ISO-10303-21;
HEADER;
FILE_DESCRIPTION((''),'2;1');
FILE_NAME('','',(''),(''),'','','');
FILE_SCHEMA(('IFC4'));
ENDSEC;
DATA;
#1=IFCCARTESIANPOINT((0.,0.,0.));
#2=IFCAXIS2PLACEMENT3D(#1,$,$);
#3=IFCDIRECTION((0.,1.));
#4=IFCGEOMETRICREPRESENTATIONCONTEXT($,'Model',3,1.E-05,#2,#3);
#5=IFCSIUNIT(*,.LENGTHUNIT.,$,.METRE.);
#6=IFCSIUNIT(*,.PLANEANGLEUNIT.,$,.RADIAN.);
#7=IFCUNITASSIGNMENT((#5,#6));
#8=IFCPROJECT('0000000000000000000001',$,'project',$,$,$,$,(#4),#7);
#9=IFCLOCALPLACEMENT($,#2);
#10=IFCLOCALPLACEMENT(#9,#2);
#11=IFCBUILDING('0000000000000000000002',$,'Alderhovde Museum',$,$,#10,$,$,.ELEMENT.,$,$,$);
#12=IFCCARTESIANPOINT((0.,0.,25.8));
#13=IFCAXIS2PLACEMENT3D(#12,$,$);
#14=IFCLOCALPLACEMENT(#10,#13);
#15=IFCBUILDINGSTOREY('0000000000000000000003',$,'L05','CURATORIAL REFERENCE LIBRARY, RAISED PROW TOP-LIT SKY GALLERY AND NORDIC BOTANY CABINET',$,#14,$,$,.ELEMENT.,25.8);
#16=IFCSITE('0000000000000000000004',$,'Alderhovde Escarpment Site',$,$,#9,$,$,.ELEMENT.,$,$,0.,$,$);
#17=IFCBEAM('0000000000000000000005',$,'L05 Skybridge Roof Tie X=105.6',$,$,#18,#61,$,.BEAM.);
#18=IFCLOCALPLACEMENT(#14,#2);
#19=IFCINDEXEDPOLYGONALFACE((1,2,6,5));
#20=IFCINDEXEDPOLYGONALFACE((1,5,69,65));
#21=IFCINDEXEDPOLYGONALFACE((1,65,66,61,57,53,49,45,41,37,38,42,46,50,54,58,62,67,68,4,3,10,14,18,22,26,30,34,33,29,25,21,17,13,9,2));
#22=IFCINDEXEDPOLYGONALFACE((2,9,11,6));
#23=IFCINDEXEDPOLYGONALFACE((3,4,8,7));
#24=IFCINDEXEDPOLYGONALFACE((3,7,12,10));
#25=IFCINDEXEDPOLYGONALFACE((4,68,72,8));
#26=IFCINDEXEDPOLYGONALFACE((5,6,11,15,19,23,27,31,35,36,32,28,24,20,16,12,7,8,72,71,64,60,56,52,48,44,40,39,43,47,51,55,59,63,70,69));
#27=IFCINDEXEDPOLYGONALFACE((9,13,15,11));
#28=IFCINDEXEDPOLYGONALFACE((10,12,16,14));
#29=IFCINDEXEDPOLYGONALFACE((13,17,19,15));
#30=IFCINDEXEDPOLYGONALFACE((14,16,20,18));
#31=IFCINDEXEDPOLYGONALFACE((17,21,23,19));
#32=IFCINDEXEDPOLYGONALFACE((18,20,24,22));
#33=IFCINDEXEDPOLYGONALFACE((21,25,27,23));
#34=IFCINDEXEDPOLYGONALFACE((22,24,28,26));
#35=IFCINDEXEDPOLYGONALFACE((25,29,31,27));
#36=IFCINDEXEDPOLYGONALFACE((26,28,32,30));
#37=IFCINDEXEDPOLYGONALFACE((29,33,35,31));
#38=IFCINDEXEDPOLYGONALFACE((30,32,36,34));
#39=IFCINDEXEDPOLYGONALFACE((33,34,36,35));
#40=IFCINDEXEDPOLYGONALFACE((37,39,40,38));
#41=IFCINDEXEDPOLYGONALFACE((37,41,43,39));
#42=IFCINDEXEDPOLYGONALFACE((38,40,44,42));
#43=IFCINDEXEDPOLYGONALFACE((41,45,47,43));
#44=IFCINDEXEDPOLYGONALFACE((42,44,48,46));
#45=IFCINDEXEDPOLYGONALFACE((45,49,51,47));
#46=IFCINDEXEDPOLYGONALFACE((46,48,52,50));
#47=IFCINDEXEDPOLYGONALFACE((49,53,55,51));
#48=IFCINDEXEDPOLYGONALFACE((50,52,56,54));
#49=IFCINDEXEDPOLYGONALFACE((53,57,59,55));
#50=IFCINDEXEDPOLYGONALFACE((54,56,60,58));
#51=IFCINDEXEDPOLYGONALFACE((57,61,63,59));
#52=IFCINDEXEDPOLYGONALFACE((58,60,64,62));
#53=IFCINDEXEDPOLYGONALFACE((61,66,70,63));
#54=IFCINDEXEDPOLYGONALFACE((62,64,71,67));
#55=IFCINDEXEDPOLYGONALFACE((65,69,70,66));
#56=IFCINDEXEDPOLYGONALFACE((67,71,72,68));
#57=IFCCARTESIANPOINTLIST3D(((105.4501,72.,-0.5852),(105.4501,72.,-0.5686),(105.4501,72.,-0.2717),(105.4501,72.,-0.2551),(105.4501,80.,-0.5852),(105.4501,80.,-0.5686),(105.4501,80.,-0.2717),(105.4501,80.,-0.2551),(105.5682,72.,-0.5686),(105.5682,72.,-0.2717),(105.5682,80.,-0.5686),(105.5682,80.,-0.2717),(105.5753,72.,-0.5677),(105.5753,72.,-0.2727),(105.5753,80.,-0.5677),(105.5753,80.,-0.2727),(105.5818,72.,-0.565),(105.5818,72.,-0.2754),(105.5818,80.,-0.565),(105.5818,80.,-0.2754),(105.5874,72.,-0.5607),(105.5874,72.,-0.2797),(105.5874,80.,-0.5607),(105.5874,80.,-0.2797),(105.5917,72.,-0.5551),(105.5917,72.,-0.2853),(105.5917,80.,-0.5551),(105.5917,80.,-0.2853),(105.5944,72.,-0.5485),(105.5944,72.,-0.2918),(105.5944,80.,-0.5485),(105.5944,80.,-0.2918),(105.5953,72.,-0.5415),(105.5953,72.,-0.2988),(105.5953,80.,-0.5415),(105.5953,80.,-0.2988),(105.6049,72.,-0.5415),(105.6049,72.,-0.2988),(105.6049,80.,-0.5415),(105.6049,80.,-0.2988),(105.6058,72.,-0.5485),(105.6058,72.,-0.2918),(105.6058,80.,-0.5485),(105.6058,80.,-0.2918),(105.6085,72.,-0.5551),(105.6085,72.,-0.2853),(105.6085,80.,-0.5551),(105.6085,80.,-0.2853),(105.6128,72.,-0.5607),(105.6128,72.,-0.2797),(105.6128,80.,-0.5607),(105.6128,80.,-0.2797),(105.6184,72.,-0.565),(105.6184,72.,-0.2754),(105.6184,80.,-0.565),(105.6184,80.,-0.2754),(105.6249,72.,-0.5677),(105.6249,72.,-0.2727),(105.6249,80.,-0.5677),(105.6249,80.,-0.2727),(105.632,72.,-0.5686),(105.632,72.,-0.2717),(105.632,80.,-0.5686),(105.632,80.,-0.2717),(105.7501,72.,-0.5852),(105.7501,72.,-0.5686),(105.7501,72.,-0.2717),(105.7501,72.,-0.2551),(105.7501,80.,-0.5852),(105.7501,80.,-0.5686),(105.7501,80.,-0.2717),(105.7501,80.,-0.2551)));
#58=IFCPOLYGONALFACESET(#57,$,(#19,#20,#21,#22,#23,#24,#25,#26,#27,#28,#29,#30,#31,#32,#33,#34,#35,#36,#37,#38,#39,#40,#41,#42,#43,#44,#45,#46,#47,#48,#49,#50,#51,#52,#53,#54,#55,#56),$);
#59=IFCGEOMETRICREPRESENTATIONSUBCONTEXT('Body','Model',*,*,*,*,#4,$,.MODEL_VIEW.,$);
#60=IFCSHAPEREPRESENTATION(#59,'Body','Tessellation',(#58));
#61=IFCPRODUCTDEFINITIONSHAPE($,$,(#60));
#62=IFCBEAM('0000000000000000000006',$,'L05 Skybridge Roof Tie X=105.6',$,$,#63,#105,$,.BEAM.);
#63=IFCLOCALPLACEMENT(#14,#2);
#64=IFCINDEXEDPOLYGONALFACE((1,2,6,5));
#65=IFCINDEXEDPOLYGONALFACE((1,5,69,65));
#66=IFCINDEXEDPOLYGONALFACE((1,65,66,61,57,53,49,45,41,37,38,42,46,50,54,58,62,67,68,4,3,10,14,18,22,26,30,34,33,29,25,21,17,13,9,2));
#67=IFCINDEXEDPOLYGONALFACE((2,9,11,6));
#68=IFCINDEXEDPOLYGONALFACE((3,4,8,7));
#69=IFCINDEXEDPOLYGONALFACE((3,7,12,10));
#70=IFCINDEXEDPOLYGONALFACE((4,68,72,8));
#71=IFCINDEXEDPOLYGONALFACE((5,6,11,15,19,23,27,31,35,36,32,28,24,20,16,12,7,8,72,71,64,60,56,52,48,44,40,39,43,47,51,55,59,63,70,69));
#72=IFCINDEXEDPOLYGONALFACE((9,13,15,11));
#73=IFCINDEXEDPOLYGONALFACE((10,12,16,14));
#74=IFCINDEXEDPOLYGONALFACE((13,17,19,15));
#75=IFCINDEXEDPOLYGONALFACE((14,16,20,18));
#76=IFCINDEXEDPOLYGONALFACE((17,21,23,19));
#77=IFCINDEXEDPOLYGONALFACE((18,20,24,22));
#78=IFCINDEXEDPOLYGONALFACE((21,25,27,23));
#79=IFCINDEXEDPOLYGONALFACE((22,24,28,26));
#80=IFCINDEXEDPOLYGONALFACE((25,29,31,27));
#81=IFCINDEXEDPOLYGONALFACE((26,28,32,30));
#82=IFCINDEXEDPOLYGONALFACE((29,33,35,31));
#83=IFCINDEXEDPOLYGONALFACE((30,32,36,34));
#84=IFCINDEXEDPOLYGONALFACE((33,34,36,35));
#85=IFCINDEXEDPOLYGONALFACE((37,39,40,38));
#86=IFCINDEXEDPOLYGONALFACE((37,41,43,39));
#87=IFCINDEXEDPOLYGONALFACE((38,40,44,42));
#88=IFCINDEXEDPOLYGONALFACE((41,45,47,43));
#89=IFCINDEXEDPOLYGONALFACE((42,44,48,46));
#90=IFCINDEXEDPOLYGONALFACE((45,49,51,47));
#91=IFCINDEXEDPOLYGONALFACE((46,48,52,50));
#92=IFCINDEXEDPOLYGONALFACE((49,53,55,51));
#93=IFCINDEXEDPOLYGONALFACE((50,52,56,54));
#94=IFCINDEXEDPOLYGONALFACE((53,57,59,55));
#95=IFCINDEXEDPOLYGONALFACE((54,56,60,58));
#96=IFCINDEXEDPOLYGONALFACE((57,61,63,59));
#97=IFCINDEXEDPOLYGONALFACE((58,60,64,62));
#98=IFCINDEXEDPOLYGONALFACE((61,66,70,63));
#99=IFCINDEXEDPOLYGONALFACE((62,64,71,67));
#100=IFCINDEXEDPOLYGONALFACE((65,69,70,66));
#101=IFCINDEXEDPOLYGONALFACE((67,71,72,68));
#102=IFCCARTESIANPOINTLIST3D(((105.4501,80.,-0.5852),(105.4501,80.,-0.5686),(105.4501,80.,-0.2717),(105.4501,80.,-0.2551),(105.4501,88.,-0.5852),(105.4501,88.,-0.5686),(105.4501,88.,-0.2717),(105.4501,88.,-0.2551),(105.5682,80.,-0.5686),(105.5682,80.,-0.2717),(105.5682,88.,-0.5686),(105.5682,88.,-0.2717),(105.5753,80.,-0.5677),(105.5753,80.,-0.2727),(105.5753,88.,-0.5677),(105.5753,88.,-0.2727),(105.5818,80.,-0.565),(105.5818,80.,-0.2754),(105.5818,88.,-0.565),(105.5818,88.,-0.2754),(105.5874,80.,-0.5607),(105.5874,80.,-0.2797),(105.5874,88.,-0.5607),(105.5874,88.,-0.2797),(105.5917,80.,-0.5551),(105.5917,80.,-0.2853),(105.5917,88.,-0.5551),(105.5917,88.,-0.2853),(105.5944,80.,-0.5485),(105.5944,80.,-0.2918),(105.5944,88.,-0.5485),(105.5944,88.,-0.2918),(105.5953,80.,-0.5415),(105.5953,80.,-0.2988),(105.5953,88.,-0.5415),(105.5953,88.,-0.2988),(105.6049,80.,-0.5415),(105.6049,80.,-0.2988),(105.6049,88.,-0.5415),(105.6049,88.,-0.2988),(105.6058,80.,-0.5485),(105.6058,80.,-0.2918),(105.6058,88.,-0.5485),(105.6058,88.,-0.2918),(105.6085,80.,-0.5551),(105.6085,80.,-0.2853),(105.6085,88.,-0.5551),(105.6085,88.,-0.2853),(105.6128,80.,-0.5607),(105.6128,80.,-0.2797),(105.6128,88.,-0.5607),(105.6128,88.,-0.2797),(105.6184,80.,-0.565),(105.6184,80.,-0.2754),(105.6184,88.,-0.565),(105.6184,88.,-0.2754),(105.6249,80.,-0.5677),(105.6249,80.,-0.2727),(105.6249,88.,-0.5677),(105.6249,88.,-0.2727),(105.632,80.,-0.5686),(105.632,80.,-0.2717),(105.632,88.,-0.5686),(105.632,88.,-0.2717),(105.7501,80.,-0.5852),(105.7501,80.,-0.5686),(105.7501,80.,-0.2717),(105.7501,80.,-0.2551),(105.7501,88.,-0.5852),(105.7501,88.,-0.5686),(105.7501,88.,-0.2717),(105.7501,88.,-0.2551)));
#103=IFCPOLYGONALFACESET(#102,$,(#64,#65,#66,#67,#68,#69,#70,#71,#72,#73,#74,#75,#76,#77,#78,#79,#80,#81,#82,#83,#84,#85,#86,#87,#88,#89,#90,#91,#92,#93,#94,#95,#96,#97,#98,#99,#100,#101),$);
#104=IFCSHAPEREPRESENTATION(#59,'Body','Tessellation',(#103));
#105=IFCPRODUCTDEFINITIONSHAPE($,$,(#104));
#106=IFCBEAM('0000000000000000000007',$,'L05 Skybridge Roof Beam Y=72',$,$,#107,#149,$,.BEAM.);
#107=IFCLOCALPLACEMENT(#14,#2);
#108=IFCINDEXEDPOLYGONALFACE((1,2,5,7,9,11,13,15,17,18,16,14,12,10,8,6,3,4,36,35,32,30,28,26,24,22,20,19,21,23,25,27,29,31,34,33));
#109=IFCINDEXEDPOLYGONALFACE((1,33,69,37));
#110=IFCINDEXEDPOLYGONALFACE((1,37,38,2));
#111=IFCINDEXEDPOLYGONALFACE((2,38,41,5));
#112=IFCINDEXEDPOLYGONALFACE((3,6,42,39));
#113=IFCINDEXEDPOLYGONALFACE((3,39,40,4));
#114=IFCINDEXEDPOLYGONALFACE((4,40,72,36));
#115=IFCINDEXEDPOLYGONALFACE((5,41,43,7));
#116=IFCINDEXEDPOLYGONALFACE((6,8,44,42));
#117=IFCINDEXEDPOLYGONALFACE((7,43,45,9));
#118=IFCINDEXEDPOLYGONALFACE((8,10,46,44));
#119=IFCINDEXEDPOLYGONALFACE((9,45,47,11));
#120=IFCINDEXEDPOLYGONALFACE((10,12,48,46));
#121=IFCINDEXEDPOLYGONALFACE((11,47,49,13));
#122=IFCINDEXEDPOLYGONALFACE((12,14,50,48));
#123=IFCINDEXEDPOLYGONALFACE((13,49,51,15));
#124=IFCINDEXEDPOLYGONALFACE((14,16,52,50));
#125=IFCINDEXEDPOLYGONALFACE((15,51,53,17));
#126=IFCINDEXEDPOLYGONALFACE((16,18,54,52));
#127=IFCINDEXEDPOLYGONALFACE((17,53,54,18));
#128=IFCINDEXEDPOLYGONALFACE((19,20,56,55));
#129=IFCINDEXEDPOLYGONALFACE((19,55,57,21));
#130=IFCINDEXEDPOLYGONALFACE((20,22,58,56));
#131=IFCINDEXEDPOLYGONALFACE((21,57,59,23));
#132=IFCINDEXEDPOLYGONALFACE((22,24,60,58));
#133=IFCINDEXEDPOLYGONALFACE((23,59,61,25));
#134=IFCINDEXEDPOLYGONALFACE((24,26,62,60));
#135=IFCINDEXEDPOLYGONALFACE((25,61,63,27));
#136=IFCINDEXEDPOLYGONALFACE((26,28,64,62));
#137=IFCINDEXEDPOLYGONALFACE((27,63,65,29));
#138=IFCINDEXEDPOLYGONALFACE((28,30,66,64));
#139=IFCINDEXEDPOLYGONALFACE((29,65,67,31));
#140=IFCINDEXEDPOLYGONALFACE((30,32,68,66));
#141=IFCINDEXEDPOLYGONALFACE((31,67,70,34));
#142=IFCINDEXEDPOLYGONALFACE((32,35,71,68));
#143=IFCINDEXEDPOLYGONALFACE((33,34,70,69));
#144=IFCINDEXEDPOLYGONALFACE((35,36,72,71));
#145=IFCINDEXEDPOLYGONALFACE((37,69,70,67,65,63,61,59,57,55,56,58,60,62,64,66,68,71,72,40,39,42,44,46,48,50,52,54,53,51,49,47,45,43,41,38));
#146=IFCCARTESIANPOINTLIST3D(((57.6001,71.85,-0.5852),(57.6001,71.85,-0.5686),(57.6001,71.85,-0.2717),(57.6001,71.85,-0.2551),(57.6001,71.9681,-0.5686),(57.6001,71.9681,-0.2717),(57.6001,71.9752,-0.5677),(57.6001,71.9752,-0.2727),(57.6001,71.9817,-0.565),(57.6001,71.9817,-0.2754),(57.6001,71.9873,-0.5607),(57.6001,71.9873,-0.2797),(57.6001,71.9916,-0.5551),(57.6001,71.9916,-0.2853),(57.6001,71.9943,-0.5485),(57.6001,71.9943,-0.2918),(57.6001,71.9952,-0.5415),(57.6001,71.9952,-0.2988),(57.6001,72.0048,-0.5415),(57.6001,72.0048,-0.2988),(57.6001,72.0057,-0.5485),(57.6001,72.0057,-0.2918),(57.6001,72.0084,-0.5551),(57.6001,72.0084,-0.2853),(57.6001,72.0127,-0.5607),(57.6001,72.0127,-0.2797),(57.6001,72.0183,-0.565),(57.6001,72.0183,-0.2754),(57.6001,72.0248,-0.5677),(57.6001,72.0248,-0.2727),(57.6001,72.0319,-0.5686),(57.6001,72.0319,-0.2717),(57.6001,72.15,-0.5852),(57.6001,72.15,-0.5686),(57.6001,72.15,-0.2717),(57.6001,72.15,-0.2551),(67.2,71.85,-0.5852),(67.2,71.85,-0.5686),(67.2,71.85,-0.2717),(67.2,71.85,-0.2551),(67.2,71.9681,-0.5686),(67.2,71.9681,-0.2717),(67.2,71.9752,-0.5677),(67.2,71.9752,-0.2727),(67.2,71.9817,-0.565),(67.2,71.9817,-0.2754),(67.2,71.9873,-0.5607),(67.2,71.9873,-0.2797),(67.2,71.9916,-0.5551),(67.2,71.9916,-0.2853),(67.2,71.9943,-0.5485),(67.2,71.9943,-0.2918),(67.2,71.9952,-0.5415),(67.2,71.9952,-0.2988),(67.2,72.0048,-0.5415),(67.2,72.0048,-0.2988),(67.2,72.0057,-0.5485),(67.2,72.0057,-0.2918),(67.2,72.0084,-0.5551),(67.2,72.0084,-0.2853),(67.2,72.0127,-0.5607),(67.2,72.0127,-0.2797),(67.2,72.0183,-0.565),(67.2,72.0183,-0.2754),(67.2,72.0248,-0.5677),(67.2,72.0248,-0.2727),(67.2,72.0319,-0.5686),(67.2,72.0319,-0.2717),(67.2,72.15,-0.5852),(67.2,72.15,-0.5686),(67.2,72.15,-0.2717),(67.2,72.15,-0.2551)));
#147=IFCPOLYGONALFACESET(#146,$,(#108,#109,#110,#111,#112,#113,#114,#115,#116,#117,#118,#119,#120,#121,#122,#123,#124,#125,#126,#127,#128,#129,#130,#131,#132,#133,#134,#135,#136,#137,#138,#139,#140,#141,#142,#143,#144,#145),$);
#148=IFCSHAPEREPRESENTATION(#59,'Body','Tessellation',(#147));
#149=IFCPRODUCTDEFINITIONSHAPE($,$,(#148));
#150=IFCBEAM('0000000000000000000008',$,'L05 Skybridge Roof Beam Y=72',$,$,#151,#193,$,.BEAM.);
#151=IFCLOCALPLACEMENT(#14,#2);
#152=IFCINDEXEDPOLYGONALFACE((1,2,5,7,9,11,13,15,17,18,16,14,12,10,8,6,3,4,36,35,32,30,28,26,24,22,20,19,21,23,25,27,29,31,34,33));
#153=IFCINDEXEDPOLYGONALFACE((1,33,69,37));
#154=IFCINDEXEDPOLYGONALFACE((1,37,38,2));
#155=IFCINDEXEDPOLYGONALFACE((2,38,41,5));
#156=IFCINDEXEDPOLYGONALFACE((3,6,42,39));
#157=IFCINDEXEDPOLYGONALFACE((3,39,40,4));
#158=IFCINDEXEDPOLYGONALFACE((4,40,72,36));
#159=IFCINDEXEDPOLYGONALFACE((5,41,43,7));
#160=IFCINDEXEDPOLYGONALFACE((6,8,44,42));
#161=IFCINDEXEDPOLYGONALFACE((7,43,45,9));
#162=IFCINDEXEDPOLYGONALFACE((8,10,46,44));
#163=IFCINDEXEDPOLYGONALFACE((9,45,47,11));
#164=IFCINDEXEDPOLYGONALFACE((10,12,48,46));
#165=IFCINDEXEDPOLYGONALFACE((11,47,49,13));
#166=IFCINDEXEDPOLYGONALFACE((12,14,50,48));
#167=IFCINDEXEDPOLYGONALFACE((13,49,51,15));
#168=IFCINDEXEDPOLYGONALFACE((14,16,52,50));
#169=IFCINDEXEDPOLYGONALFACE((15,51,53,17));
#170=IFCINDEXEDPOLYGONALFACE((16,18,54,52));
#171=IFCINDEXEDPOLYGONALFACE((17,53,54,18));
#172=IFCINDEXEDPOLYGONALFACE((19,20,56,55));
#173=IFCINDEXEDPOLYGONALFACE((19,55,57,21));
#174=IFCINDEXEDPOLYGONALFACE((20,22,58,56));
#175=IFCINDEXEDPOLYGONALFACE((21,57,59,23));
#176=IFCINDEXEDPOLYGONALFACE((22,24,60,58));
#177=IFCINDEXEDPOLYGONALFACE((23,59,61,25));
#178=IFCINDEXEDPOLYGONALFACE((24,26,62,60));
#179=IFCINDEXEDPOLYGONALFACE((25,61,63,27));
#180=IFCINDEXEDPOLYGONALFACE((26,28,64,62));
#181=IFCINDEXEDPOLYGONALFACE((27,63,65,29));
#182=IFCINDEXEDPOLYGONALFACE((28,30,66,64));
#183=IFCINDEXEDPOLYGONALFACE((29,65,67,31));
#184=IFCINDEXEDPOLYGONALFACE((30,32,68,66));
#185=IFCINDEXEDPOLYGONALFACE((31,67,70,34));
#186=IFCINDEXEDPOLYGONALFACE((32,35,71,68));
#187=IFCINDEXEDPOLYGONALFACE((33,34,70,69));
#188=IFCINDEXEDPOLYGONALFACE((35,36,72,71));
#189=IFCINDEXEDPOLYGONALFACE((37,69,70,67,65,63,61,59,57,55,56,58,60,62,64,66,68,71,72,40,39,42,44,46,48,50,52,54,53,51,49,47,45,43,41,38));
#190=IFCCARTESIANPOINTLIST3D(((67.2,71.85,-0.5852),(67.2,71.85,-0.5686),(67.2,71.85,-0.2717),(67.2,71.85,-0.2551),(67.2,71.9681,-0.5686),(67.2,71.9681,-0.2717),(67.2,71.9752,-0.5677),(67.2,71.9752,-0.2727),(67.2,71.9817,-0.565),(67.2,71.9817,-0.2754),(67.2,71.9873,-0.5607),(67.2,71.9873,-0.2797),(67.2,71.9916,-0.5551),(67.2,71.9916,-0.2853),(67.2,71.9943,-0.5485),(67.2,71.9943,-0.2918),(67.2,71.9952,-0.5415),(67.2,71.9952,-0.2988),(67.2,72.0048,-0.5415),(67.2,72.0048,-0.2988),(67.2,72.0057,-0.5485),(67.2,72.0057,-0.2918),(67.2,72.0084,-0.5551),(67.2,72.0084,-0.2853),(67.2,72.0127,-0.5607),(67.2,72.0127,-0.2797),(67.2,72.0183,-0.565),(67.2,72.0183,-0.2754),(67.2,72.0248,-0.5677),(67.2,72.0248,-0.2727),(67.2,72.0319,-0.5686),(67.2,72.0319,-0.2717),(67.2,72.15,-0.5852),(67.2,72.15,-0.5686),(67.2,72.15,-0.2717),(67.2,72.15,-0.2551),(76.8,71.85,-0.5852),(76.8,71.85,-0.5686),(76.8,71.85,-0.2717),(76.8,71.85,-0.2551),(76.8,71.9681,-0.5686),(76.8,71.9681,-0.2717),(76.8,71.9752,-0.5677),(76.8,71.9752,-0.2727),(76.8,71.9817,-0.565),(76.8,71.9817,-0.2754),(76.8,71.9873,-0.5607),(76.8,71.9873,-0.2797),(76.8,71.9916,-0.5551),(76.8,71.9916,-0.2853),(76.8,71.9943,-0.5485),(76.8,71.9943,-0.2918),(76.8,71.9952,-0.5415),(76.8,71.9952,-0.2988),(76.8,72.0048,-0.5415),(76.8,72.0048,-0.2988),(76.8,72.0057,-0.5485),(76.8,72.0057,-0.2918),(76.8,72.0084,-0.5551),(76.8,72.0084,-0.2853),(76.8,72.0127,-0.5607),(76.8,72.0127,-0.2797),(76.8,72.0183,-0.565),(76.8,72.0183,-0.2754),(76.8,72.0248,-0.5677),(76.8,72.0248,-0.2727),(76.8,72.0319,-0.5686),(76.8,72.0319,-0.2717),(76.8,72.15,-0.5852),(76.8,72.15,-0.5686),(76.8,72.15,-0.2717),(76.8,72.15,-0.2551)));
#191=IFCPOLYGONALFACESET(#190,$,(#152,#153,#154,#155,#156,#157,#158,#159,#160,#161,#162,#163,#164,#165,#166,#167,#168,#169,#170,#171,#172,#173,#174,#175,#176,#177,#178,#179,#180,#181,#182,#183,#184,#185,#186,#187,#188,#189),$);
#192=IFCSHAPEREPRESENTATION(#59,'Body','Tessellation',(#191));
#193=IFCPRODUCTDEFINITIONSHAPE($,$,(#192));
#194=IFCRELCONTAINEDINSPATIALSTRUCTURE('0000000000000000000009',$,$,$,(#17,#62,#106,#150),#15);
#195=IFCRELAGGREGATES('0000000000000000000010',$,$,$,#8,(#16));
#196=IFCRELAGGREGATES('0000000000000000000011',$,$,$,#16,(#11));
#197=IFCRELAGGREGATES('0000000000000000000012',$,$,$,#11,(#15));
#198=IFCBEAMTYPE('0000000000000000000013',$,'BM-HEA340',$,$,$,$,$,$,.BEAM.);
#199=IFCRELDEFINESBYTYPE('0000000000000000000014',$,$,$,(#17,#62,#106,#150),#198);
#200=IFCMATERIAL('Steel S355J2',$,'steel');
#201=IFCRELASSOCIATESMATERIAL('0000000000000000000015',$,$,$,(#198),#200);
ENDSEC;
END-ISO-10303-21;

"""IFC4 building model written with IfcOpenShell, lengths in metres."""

from ifc_helpers import new_model, si_unit, direction, frame, origin, origin_2d, place, context, subcontext, project, spatial, i_section, extrude, material, material_profile, profile_set, type_object, element, save


model = new_model("IFC4")

# Units and contexts
model_context = context("Model", 3, precision=1e-05, world=origin(), true_north=direction((0.0, 1.0)))
body_context = subcontext(model_context, "Body", "Model", "MODEL_VIEW")
ifc_project = project(units=[si_unit("LENGTHUNIT", "METRE"), si_unit("PLANEANGLEUNIT", "RADIAN")], contexts=[model_context])

# Site, building, storey
site_placement = place(None, origin())
site = spatial("IfcSite", under=ifc_project, at=site_placement, Name="Alderhovde Escarpment Site", CompositionType="ELEMENT", RefElevation=0.0)
building_placement = place(site_placement, origin())
building = spatial("IfcBuilding", under=site, at=building_placement, Name="Alderhovde Museum", CompositionType="ELEMENT")
storey_placement = place(building_placement, frame((0.0, 0.0, 25.8)))
storey = spatial("IfcBuildingStorey", under=building, at=storey_placement, Name="L05", Description="CURATORIAL REFERENCE LIBRARY, RAISED PROW TOP-LIT SKY GALLERY AND NORDIC BOTANY CABINET", CompositionType="ELEMENT", Elevation=25.8)

# Beams
ifc_material_1 = material(Name="Steel S355J2", Category="steel")
ifc_material_profile = material_profile(ifc_material_1, i_section(OverallWidth=0.3, OverallDepth=0.3301, WebThickness=0.0095, FlangeThickness=0.0166, FilletRadius=0.0271, at=origin_2d()), Name="HEA 340")
ifc_profile_set = profile_set([ifc_material_profile], Name="Steel S355J2")
beam_type = type_object("IfcBeamType", Name="BM-HEA340", PredefinedType="BEAM", material=ifc_profile_set)
for number, where, z_axis, x_axis, name in (
    (1, (105.6001, 72.0, -0.4202), (0.0, 1.0, 0.0), (-1.0, 0.0, 0.0), "L05 Skybridge Roof Tie X=105.6"),
    (2, (105.6001, 80.0, -0.4202), (0.0, 1.0, 0.0), (-1.0, 0.0, 0.0), "L05 Skybridge Roof Tie X=105.6"),
):
    element("IfcBeam", number, at=place(storey_placement, frame(where, z_axis=z_axis, x_axis=x_axis)), inside=storey, type_object=beam_type, Name=name, PredefinedType="BEAM", context=body_context, shape_type="SweptSolid", body=[
        extrude(i_section(OverallWidth=0.3, OverallDepth=0.3301, WebThickness=0.0095, FlangeThickness=0.0166, FilletRadius=0.0271, at=origin_2d()), origin(), (0.0, 0.0, 1.0), 8.0),
    ])
beam_1_placement = place(storey_placement, frame((57.6001, 72.0, -0.4202), z_axis=(1.0, 0.0, 0.0), x_axis=(0.0, 1.0, 0.0)))
element("IfcBeam", 3, at=beam_1_placement, inside=storey, type_object=beam_type, Name="L05 Skybridge Roof Beam Y=72", PredefinedType="BEAM", context=body_context, shape_type="SweptSolid", body=[
    extrude(i_section(OverallWidth=0.3, OverallDepth=0.3301, WebThickness=0.0095, FlangeThickness=0.0166, FilletRadius=0.0271, at=origin_2d()), origin(), (0.0, 0.0, 1.0), 9.5999),
])
beam_2_placement = place(storey_placement, frame((67.2, 72.0, -0.4202), z_axis=(1.0, 0.0, 0.0), x_axis=(0.0, 1.0, 0.0)))
element("IfcBeam", 4, at=beam_2_placement, inside=storey, type_object=beam_type, Name="L05 Skybridge Roof Beam Y=72", PredefinedType="BEAM", context=body_context, shape_type="SweptSolid", body=[
    extrude(i_section(OverallWidth=0.3, OverallDepth=0.3301, WebThickness=0.0095, FlangeThickness=0.0166, FilletRadius=0.0271, at=origin_2d()), origin(), (0.0, 0.0, 1.0), 9.6001),
])

save(model, "model.ifc")
